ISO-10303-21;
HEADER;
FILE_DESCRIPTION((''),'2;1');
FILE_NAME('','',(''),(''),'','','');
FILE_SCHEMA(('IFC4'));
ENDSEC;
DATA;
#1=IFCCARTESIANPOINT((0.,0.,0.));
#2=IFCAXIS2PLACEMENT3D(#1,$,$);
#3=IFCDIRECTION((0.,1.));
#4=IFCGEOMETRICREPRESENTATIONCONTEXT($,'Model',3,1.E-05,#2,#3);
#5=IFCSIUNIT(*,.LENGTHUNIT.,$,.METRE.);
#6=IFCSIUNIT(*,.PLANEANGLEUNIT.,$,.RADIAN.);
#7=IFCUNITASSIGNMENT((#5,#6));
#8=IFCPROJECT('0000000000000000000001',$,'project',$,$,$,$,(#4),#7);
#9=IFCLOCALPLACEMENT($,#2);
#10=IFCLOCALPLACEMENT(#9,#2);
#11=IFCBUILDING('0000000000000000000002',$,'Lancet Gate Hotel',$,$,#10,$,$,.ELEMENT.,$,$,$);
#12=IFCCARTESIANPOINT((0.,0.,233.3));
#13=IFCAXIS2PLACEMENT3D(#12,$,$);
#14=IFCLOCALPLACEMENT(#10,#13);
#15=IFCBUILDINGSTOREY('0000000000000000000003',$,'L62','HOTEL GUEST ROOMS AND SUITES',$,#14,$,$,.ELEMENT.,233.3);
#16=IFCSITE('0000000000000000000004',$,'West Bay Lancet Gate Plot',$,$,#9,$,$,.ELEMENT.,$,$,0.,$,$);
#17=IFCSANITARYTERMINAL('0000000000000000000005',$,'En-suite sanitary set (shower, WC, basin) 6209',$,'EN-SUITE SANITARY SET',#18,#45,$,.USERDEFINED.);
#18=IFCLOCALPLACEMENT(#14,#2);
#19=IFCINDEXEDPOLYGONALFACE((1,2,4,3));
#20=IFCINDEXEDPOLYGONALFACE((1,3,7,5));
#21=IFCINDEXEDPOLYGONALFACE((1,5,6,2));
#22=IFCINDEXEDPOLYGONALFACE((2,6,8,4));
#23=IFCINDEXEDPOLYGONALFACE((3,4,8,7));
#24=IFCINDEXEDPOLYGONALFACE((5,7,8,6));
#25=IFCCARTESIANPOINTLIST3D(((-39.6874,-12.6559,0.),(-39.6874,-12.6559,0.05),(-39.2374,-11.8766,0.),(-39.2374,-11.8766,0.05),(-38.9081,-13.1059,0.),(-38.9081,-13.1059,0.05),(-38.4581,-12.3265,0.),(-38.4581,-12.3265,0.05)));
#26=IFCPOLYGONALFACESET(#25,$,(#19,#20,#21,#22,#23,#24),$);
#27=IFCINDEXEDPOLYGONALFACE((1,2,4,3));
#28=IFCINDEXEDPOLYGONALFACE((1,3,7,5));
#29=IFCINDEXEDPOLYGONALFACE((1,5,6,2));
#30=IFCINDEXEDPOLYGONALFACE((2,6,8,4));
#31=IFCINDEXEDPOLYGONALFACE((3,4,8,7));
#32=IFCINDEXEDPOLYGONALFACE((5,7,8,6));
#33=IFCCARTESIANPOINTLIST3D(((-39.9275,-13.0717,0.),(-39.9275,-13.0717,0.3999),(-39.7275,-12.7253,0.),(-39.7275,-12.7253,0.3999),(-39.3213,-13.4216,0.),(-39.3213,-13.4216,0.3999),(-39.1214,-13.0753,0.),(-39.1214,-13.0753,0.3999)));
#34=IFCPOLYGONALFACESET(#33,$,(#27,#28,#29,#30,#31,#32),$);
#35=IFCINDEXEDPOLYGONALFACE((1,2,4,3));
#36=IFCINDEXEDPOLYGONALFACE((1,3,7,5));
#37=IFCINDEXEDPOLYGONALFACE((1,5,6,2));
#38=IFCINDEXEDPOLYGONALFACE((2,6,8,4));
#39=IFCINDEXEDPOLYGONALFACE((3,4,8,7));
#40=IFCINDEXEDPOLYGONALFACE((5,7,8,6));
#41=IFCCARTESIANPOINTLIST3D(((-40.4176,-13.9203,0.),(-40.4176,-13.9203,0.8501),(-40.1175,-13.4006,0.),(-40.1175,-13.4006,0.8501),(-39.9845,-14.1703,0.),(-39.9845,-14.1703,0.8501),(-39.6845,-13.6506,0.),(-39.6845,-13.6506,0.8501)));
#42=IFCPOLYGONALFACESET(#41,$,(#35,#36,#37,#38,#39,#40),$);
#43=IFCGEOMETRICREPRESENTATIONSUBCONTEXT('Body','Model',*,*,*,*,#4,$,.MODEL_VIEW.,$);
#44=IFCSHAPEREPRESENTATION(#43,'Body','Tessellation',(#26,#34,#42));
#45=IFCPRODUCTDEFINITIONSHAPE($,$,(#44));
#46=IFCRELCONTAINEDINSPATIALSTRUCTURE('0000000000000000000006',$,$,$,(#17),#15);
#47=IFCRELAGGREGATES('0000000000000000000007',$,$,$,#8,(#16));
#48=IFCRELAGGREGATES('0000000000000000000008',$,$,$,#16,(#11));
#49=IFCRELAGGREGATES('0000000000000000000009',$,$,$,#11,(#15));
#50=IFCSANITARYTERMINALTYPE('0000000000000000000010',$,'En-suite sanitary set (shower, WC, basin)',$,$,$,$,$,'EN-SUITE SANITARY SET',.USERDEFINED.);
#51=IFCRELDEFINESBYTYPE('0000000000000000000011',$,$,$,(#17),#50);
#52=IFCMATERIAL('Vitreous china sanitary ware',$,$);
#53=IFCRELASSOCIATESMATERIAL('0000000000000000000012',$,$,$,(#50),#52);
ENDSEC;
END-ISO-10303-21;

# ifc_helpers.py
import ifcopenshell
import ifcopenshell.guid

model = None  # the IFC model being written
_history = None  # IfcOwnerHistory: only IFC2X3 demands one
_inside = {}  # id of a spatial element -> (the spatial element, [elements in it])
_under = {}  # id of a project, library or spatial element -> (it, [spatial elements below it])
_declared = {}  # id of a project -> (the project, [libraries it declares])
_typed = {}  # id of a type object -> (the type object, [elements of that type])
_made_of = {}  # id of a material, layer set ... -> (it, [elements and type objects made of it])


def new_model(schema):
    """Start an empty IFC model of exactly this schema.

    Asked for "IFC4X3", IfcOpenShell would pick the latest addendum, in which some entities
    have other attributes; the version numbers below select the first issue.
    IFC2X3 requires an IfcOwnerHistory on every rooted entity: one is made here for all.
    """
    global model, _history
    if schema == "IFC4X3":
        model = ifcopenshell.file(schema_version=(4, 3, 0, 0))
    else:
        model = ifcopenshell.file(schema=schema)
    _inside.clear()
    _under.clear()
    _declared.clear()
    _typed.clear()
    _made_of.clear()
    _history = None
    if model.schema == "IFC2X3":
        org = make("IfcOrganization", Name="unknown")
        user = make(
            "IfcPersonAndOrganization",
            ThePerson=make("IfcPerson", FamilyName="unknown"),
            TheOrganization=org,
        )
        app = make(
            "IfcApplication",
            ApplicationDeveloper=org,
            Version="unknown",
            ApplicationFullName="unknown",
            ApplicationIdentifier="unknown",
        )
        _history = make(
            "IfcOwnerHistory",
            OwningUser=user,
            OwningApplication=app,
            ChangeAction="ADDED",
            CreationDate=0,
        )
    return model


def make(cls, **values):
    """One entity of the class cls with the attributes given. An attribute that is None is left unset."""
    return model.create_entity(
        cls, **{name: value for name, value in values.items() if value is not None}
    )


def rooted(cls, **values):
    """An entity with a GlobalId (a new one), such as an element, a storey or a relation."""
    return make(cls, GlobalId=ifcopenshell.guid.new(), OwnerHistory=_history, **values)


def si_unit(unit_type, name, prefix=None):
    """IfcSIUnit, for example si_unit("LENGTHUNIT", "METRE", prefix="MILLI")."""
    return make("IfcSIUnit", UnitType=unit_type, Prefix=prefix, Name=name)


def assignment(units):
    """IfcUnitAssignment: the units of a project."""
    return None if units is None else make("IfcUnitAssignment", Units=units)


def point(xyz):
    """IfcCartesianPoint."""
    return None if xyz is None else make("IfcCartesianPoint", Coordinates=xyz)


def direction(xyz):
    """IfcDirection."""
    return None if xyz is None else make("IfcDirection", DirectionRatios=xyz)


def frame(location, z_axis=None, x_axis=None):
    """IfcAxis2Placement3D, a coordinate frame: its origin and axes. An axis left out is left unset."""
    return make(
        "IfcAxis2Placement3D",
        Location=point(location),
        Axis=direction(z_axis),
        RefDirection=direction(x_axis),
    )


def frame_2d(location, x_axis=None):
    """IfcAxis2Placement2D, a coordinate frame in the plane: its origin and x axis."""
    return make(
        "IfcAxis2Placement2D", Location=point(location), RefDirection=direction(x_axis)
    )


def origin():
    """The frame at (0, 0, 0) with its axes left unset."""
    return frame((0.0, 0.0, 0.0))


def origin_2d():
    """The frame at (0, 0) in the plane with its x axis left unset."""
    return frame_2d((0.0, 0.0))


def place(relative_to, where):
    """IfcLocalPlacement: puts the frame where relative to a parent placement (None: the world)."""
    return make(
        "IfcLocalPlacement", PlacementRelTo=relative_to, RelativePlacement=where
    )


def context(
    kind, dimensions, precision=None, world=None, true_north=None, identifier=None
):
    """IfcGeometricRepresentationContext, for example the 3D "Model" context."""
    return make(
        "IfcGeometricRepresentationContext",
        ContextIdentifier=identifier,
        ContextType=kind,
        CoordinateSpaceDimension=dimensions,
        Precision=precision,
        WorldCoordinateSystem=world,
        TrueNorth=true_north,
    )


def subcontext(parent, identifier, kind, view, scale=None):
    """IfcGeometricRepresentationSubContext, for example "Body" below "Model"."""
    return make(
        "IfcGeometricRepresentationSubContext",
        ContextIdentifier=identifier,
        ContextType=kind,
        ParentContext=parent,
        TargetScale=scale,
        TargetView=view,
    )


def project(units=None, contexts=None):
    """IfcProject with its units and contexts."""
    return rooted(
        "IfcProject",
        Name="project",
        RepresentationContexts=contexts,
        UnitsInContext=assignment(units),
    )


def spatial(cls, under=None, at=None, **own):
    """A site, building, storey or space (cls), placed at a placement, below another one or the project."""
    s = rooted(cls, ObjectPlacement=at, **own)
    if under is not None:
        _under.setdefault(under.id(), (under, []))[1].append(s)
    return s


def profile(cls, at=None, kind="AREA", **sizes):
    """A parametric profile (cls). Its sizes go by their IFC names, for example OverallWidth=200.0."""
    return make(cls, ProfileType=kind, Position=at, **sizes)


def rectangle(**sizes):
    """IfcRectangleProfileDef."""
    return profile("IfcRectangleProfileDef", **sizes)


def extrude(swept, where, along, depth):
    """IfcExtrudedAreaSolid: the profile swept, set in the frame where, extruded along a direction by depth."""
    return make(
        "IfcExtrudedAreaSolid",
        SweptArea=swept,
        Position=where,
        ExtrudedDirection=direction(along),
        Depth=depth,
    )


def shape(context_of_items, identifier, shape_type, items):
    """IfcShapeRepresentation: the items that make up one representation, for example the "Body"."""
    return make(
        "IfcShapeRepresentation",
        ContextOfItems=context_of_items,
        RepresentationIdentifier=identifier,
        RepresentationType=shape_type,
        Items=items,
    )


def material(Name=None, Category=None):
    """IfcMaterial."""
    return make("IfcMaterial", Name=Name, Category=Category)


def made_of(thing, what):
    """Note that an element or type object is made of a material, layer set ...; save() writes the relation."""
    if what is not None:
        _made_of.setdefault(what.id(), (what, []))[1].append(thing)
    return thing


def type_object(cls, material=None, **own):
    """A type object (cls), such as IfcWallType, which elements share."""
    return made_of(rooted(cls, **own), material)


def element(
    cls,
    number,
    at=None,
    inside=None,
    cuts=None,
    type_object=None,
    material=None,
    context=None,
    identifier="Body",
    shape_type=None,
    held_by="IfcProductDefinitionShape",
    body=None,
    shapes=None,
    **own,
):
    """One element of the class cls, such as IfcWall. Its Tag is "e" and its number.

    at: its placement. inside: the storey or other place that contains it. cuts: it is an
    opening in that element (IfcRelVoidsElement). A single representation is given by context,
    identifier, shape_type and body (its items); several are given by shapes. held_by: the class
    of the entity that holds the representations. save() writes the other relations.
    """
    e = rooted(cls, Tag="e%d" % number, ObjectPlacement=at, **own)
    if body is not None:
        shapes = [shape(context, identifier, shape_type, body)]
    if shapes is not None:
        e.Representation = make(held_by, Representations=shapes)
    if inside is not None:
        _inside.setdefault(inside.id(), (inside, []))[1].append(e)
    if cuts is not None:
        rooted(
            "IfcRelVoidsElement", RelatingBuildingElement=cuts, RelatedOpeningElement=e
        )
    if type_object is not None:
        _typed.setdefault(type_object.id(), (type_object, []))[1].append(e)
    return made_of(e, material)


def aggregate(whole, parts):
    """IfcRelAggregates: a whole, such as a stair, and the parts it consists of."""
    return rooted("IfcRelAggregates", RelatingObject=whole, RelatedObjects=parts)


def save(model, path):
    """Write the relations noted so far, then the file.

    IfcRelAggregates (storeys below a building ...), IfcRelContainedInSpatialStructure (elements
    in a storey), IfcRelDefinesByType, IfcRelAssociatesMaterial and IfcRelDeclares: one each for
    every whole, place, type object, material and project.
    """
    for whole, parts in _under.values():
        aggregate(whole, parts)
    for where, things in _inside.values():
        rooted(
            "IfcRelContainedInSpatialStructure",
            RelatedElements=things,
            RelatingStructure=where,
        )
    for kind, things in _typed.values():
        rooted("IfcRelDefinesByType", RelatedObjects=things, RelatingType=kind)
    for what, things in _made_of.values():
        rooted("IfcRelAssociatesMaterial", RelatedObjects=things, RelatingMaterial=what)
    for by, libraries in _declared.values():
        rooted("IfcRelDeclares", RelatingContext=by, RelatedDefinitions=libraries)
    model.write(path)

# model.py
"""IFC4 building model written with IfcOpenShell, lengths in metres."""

from ifc_helpers import new_model, si_unit, direction, frame, origin, origin_2d, place, context, subcontext, project, spatial, rectangle, extrude, material, type_object, element, save


model = new_model("IFC4")

# Units and contexts
model_context = context("Model", 3, precision=1e-05, world=origin(), true_north=direction((0.0, 1.0)))
body_context = subcontext(model_context, "Body", "Model", "MODEL_VIEW")
ifc_project = project(units=[si_unit("LENGTHUNIT", "METRE"), si_unit("PLANEANGLEUNIT", "RADIAN")], contexts=[model_context])

# Site, building, storey
site_placement = place(None, origin())
site = spatial("IfcSite", under=ifc_project, at=site_placement, Name="West Bay Lancet Gate Plot", CompositionType="ELEMENT", RefElevation=0.0)
building_placement = place(site_placement, origin())
building = spatial("IfcBuilding", under=site, at=building_placement, Name="Lancet Gate Hotel", CompositionType="ELEMENT")
storey_placement = place(building_placement, frame((0.0, 0.0, 233.3)))
storey = spatial("IfcBuildingStorey", under=building, at=storey_placement, Name="L62", Description="HOTEL GUEST ROOMS AND SUITES", CompositionType="ELEMENT", Elevation=233.3)

# Sanitary terminal
ifc_material_1 = material(Name="Vitreous china sanitary ware")
sanitary_terminal_type = type_object("IfcSanitaryTerminalType", Name="En-suite sanitary set (shower, WC, basin)", ElementType="EN-SUITE SANITARY SET", PredefinedType="USERDEFINED", material=ifc_material_1)
sanitary_terminal_placement = place(storey_placement, frame((-39.0728, -12.4912, 0.0), z_axis=(0.0, 0.0, 1.0), x_axis=(1.0, 0.0, 0.0)))
element("IfcSanitaryTerminal", 1, at=sanitary_terminal_placement, inside=storey, type_object=sanitary_terminal_type, Name="En-suite sanitary set (shower, WC, basin) 6209", ObjectType="EN-SUITE SANITARY SET", PredefinedType="USERDEFINED", context=body_context, shape_type="SweptSolid", body=[
    extrude(rectangle(XDim=0.8999, YDim=0.8999, at=origin_2d()), frame((0.0, 0.0, 0.0), z_axis=(0.0, 0.0, 1.0), x_axis=(0.5, 0.866025, 0.0)), (0.0, 0.0, 1.0), 0.05),
    extrude(rectangle(XDim=0.3999, YDim=0.7, at=origin_2d()), frame((-0.4517, -0.5823, 0.0), z_axis=(0.0, 0.0, 1.0), x_axis=(0.5, 0.866025, 0.0)), (0.0, 0.0, 1.0), 0.3999),
    extrude(rectangle(XDim=0.6001, YDim=0.5, at=origin_2d()), frame((-0.9783, -1.2942, 0.0), z_axis=(0.0, 0.0, 1.0), x_axis=(0.5, 0.866025, 0.0)), (0.0, 0.0, 1.0), 0.8501),
])

save(model, "model.ifc")
